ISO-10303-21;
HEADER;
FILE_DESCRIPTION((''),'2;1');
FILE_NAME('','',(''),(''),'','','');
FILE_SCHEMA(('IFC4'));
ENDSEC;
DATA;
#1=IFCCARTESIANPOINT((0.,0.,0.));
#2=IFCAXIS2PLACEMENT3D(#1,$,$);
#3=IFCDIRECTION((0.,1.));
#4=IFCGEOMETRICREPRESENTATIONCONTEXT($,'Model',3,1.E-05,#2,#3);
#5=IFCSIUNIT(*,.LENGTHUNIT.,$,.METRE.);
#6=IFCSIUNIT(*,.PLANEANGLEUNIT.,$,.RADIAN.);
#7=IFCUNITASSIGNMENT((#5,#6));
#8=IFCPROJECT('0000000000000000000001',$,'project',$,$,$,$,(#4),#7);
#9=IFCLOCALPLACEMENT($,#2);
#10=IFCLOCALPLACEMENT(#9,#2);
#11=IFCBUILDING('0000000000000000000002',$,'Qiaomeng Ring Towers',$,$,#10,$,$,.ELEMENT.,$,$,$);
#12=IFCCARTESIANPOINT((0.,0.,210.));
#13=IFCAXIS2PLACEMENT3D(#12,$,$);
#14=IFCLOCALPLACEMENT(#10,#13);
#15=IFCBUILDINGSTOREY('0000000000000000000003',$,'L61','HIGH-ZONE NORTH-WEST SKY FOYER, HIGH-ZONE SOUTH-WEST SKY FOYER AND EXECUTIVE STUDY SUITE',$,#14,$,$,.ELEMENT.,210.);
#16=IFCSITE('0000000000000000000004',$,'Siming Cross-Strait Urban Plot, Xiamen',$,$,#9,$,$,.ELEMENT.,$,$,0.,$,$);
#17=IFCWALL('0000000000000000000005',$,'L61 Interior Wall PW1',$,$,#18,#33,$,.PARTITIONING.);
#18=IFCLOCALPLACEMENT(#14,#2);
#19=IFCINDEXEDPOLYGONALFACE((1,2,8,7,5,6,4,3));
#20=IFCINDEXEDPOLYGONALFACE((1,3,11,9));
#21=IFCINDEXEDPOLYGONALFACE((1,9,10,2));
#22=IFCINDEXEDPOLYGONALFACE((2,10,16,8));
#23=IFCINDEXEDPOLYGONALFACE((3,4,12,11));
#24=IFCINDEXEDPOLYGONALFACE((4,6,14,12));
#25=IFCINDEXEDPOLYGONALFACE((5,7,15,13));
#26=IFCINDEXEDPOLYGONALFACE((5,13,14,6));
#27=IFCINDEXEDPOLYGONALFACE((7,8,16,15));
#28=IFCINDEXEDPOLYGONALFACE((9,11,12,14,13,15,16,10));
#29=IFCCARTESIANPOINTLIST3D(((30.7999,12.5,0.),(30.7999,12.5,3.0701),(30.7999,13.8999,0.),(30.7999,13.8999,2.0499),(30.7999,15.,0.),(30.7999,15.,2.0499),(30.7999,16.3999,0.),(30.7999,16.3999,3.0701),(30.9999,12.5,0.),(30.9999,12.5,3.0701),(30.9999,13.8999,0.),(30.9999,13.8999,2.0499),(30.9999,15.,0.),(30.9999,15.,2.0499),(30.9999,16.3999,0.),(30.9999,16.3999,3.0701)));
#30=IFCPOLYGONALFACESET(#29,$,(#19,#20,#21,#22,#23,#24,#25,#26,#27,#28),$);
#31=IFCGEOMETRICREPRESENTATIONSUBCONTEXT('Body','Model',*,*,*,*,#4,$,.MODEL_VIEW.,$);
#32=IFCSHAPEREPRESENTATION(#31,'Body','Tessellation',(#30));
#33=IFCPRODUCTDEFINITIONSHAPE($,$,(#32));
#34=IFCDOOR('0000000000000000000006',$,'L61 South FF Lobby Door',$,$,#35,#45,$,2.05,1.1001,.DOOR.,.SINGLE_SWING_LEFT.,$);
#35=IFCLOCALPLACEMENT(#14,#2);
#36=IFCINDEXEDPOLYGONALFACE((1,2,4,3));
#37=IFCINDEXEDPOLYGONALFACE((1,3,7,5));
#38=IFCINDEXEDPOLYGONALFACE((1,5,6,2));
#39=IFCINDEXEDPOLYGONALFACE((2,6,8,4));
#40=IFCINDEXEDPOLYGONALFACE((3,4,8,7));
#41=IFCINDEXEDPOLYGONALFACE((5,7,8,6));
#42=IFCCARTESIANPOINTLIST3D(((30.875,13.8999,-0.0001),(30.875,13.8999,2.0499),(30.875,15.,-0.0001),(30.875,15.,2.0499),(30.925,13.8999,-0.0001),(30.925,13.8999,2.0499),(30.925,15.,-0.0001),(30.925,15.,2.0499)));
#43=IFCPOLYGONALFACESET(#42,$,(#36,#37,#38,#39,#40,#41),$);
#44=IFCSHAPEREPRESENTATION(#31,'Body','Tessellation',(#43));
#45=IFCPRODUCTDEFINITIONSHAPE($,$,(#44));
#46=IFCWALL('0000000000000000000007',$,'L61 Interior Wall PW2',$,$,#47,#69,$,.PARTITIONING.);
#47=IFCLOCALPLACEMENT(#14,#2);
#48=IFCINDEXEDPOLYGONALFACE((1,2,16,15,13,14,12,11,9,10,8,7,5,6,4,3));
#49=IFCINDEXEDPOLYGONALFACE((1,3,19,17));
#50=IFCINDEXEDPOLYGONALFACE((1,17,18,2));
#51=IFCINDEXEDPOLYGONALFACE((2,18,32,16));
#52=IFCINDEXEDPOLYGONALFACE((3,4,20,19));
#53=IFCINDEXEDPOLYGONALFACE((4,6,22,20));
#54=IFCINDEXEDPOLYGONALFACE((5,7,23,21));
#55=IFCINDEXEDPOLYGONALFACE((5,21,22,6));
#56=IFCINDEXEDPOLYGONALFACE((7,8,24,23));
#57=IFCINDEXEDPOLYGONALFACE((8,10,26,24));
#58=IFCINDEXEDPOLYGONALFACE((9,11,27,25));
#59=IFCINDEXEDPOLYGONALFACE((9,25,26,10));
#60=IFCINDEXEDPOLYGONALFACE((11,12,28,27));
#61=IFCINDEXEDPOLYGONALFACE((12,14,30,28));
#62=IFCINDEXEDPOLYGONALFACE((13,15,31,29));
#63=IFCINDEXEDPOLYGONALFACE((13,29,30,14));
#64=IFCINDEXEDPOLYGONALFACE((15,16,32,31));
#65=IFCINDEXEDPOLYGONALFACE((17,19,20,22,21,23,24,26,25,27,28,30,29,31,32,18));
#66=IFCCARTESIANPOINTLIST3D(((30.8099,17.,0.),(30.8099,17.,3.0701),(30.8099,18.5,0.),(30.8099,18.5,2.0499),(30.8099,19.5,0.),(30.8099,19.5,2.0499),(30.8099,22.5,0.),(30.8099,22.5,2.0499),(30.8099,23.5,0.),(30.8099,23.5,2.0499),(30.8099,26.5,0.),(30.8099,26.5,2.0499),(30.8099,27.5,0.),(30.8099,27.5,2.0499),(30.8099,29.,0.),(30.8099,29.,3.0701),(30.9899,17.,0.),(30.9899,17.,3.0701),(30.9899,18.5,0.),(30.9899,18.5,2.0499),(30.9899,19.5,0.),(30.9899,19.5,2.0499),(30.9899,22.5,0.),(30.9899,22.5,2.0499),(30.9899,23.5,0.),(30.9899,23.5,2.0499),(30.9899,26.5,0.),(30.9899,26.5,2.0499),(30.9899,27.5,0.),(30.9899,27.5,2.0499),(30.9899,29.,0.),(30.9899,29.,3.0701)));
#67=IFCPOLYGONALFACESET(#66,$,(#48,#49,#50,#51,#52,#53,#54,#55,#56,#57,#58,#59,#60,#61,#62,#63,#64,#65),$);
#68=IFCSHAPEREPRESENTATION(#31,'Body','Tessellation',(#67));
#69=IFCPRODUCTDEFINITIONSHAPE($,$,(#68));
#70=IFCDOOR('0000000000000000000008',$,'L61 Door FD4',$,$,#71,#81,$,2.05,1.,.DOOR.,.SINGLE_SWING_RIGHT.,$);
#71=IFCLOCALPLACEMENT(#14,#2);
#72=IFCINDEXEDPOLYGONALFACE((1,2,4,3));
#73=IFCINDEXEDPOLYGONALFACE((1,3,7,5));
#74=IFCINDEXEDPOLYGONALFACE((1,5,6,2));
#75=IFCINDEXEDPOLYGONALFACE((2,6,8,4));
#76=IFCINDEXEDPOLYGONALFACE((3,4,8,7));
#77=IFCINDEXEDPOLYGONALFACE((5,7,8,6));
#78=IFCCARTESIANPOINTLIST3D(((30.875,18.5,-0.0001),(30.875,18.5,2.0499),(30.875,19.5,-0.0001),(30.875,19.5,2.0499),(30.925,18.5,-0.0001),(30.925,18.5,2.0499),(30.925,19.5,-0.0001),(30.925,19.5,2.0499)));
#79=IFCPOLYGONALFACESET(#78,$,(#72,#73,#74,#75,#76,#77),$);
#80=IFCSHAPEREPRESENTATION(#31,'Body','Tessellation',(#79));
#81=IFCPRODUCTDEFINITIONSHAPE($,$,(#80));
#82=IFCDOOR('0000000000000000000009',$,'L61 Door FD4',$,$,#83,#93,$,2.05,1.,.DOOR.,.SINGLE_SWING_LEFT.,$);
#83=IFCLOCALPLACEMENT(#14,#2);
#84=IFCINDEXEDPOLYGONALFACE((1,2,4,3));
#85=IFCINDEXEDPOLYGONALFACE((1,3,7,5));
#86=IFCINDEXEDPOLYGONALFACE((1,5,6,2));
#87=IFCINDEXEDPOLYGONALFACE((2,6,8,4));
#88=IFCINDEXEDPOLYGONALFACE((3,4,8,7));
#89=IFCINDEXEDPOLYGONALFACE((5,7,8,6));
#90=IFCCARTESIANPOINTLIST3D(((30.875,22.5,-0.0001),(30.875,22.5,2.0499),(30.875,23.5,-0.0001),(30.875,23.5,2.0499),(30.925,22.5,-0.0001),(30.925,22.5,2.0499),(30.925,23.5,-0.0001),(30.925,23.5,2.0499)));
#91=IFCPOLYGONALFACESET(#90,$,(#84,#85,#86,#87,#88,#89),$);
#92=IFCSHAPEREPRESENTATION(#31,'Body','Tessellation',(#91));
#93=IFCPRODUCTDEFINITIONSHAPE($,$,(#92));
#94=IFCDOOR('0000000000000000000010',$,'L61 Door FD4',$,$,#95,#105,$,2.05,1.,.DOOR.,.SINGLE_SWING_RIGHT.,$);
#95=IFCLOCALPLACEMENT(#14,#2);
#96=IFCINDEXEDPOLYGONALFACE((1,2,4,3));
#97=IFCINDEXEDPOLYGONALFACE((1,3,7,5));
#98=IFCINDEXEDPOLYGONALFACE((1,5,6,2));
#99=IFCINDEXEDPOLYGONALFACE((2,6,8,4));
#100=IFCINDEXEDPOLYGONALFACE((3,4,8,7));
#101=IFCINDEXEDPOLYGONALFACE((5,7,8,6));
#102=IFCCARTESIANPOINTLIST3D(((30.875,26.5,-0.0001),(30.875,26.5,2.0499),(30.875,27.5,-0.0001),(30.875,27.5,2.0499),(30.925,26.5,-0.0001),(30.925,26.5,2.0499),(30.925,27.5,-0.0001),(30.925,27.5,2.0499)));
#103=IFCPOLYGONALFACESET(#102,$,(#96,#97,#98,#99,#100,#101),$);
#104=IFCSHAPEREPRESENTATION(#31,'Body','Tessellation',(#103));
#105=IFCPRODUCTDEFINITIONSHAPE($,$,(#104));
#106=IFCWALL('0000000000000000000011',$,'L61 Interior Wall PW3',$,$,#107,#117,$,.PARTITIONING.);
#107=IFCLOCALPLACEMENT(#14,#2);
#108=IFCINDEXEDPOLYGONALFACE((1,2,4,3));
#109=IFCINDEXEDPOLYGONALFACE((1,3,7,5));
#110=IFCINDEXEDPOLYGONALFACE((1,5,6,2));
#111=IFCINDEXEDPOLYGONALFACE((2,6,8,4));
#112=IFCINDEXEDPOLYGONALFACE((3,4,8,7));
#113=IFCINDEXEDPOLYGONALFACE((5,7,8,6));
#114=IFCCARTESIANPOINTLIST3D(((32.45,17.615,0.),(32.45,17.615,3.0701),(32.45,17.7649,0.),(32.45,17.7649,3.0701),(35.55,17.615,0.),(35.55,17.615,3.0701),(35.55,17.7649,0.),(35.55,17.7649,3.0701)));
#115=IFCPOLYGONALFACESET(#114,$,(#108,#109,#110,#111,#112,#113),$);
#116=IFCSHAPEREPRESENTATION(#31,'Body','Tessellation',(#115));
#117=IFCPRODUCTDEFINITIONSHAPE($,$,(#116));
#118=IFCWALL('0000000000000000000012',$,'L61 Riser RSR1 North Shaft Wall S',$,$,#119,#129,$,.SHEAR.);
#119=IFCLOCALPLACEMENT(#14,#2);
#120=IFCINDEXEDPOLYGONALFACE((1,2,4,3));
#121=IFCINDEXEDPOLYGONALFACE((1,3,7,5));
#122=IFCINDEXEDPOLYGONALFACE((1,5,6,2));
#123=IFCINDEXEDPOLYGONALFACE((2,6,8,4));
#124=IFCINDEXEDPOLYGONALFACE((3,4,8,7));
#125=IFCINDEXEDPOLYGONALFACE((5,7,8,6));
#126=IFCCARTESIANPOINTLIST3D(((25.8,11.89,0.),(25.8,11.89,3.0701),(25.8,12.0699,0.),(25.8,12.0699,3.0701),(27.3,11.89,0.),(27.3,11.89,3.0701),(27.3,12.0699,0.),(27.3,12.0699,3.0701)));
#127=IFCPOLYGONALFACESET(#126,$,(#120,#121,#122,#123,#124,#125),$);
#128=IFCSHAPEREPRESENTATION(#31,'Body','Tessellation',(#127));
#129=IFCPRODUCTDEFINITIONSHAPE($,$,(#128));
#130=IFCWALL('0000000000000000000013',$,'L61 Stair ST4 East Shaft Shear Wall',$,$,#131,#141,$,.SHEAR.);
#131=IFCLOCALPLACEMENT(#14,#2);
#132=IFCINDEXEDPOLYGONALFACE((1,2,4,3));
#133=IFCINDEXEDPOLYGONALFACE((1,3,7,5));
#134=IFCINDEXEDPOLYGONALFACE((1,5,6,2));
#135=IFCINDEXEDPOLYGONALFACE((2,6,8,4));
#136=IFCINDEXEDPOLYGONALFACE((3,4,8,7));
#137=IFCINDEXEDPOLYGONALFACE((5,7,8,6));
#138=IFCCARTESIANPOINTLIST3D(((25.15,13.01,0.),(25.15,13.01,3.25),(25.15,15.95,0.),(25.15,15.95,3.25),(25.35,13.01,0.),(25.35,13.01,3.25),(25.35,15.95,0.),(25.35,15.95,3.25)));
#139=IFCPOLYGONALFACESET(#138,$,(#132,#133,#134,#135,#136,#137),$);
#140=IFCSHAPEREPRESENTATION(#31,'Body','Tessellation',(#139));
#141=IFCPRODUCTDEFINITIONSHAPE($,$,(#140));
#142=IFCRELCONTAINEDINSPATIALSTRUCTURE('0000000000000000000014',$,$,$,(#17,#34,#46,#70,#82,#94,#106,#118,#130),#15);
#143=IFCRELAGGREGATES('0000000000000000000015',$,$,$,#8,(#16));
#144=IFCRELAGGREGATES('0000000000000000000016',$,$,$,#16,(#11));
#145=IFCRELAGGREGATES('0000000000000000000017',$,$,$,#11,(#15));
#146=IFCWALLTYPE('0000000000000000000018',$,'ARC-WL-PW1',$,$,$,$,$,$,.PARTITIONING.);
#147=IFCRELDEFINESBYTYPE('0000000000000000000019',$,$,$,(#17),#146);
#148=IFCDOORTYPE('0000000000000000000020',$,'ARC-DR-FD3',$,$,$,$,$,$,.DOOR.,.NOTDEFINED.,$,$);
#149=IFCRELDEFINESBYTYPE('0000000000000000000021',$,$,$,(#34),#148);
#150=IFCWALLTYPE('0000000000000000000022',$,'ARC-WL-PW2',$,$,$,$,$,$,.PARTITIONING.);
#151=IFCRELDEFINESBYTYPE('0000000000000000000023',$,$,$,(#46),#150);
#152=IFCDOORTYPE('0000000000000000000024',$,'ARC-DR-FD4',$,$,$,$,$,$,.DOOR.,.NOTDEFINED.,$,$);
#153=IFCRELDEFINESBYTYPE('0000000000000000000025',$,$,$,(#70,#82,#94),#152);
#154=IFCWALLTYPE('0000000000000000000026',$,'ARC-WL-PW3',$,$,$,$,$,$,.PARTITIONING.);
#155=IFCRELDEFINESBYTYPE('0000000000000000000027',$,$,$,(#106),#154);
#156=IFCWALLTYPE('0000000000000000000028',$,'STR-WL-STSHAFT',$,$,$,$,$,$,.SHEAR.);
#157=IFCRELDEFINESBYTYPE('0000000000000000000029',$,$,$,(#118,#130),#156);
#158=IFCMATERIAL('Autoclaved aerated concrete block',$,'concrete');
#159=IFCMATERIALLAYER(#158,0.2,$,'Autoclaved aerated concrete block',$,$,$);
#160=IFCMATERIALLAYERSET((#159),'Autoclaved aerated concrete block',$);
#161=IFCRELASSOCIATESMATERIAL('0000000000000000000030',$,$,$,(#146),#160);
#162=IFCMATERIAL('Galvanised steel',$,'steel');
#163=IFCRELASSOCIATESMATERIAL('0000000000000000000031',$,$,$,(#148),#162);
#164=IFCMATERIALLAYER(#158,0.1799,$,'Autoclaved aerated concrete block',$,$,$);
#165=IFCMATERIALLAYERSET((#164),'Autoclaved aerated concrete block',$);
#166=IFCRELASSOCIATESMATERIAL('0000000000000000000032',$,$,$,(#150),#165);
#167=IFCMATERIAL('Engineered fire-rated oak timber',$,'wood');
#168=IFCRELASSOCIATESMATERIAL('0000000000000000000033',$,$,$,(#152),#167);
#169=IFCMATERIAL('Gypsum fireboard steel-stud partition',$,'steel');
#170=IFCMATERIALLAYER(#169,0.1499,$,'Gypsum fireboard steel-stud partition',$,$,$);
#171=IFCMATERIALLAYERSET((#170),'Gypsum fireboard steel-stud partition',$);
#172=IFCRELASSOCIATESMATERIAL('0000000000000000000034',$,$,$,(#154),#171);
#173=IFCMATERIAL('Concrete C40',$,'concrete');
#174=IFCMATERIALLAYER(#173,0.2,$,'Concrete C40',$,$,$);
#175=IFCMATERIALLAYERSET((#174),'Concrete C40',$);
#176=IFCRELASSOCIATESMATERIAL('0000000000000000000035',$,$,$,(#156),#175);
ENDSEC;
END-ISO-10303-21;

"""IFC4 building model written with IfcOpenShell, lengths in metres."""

from ifc_helpers import new_model, si_unit, direction, frame, frame_2d, origin, place, context, subcontext, project, spatial, rectangle, extrude, source, transform, mapped, material, layer, layer_set, type_object, element, fill, save


model = new_model("IFC4")

# Units and contexts
model_context = context("Model", 3, precision=1e-05, world=origin(), true_north=direction((0.0, 1.0)))
body_context = subcontext(model_context, "Body", "Model", "MODEL_VIEW")
ifc_project = project(units=[si_unit("LENGTHUNIT", "METRE"), si_unit("PLANEANGLEUNIT", "RADIAN")], contexts=[model_context])

# Site, building, storey
site_placement = place(None, origin())
site = spatial("IfcSite", under=ifc_project, at=site_placement, Name="Siming Cross-Strait Urban Plot, Xiamen", CompositionType="ELEMENT", RefElevation=0.0)
building_placement = place(site_placement, origin())
building = spatial("IfcBuilding", under=site, at=building_placement, Name="Qiaomeng Ring Towers", CompositionType="ELEMENT")
storey_placement = place(building_placement, frame((0.0, 0.0, 210.0)))
storey = spatial("IfcBuildingStorey", under=building, at=storey_placement, Name="L61", Description="HIGH-ZONE NORTH-WEST SKY FOYER, HIGH-ZONE SOUTH-WEST SKY FOYER AND EXECUTIVE STUDY SUITE", CompositionType="ELEMENT", Elevation=210.0)

# Shared definitions
ifc_material_1 = material(Name="Concrete C40", Category="concrete")

# Shared definitions
ifc_material_2 = material(Name="Autoclaved aerated concrete block", Category="concrete")
ifc_layer_1 = layer(ifc_material_2, 0.2, Name="Autoclaved aerated concrete block")
ifc_layer_set_1 = layer_set([ifc_layer_1], Name="Autoclaved aerated concrete block")
wall_type_1 = type_object("IfcWallType", Name="ARC-WL-PW1", PredefinedType="PARTITIONING", material=ifc_layer_set_1)

# Wall, opening, door
wall_1_placement = place(storey_placement, frame((30.8999, 12.5, 0.0), z_axis=(0.0, 0.0, 1.0), x_axis=(0.0, 1.0, 0.0)))
wall_1 = element("IfcWall", 1, at=wall_1_placement, inside=storey, type_object=wall_type_1, Name="L61 Interior Wall PW1", PredefinedType="PARTITIONING", context=body_context, shape_type="SweptSolid", body=[
    extrude(rectangle(XDim=3.8999, YDim=0.2, at=frame_2d((1.95, 0.0))), origin(), (0.0, 0.0, 1.0), 3.0701),
])
opening_1_placement = place(wall_1_placement, frame((1.3999, 0.0, 0.0)))
opening_1 = element("IfcOpeningElement", 2, at=opening_1_placement, cuts=wall_1, PredefinedType="OPENING", context=body_context, shape_type="SweptSolid", body=[
    extrude(rectangle(XDim=1.1001, YDim=2.05, at=frame_2d((0.55, 1.0249))), frame((0.0, 0.1099, 0.0), z_axis=(0.0, -1.0, 0.0), x_axis=(1.0, 0.0, 0.0)), (0.0, 0.0, 1.0), 0.22),
])
ifc_material_3 = material(Name="Galvanised steel", Category="steel")
door_type_1 = type_object("IfcDoorType", Name="ARC-DR-FD3", OperationType="NOTDEFINED", PredefinedType="DOOR", material=ifc_material_3)
shared_shape_1 = source(origin(), body_context, "Body", "SweptSolid", [
    extrude(rectangle(XDim=1.1001, YDim=2.05, at=frame_2d((0.55, 1.0249))), frame((0.0, 0.0249, 0.0), z_axis=(0.0, -1.0, 0.0), x_axis=(1.0, 0.0, 0.0)), (0.0, 0.0, 1.0), 0.05),
])
door_1_placement = place(opening_1_placement, origin())
door_1 = element("IfcDoor", 3, at=door_1_placement, inside=storey, type_object=door_type_1, Name="L61 South FF Lobby Door", OperationType="SINGLE_SWING_LEFT", OverallHeight=2.05, OverallWidth=1.1001, PredefinedType="DOOR", context=body_context, shape_type="MappedRepresentation", body=[
    mapped(shared_shape_1, transform((0.0, 0.0, 0.0), x_axis=(1.0, 0.0, 0.0), y_axis=(0.0, 1.0, 0.0), z_axis=(0.0, 0.0, 1.0), scale=1.0)),
])
fill(opening_1, door_1)

# Wall, openings, doors
ifc_layer_2 = layer(ifc_material_2, 0.1799, Name="Autoclaved aerated concrete block")
ifc_layer_set_2 = layer_set([ifc_layer_2], Name="Autoclaved aerated concrete block")
wall_type_2 = type_object("IfcWallType", Name="ARC-WL-PW2", PredefinedType="PARTITIONING", material=ifc_layer_set_2)
wall_2_placement = place(storey_placement, frame((30.8999, 17.0, 0.0), z_axis=(0.0, 0.0, 1.0), x_axis=(0.0, 1.0, 0.0)))
wall_2 = element("IfcWall", 4, at=wall_2_placement, inside=storey, type_object=wall_type_2, Name="L61 Interior Wall PW2", PredefinedType="PARTITIONING", context=body_context, shape_type="SweptSolid", body=[
    extrude(rectangle(XDim=12.0, YDim=0.1799, at=frame_2d((6.0, 0.0))), origin(), (0.0, 0.0, 1.0), 3.0701),
])
opening_2_placement = place(wall_2_placement, frame((1.5, 0.0, 0.0)))
opening_2 = element("IfcOpeningElement", 5, at=opening_2_placement, cuts=wall_2, PredefinedType="OPENING", context=body_context, shape_type="SweptSolid", body=[
    extrude(rectangle(XDim=1.0, YDim=2.05, at=frame_2d((0.5, 1.0249))), frame((0.0, 0.0999, 0.0), z_axis=(0.0, -1.0, 0.0), x_axis=(1.0, 0.0, 0.0)), (0.0, 0.0, 1.0), 0.2),
])
opening_3_placement = place(wall_2_placement, frame((5.5, 0.0, 0.0)))
opening_3 = element("IfcOpeningElement", 6, at=opening_3_placement, cuts=wall_2, PredefinedType="OPENING", context=body_context, shape_type="SweptSolid", body=[
    extrude(rectangle(XDim=1.0, YDim=2.05, at=frame_2d((0.5, 1.0249))), frame((0.0, 0.0999, 0.0), z_axis=(0.0, -1.0, 0.0), x_axis=(1.0, 0.0, 0.0)), (0.0, 0.0, 1.0), 0.2),
])
opening_4_placement = place(wall_2_placement, frame((9.5, 0.0, 0.0)))
opening_4 = element("IfcOpeningElement", 7, at=opening_4_placement, cuts=wall_2, PredefinedType="OPENING", context=body_context, shape_type="SweptSolid", body=[
    extrude(rectangle(XDim=1.0, YDim=2.05, at=frame_2d((0.5, 1.0249))), frame((0.0, 0.0999, 0.0), z_axis=(0.0, -1.0, 0.0), x_axis=(1.0, 0.0, 0.0)), (0.0, 0.0, 1.0), 0.2),
])
ifc_material_4 = material(Name="Engineered fire-rated oak timber", Category="wood")
door_type_2 = type_object("IfcDoorType", Name="ARC-DR-FD4", OperationType="NOTDEFINED", PredefinedType="DOOR", material=ifc_material_4)
shared_shape_2 = source(origin(), body_context, "Body", "SweptSolid", [
    extrude(rectangle(XDim=1.0, YDim=2.05, at=frame_2d((0.5, 1.0249))), frame((0.0, 0.0249, 0.0), z_axis=(0.0, -1.0, 0.0), x_axis=(1.0, 0.0, 0.0)), (0.0, 0.0, 1.0), 0.05),
])
door_2_placement = place(opening_2_placement, origin())
door_2 = element("IfcDoor", 8, at=door_2_placement, inside=storey, type_object=door_type_2, Name="L61 Door FD4", OperationType="SINGLE_SWING_RIGHT", OverallHeight=2.05, OverallWidth=1.0, PredefinedType="DOOR", context=body_context, shape_type="MappedRepresentation", body=[
    mapped(shared_shape_2, transform((0.0, 0.0, 0.0), x_axis=(1.0, 0.0, 0.0), y_axis=(0.0, 1.0, 0.0), z_axis=(0.0, 0.0, 1.0), scale=1.0)),
])
fill(opening_2, door_2)
door_3_placement = place(opening_3_placement, origin())
door_3 = element("IfcDoor", 9, at=door_3_placement, inside=storey, type_object=door_type_2, Name="L61 Door FD4", OperationType="SINGLE_SWING_LEFT", OverallHeight=2.05, OverallWidth=1.0, PredefinedType="DOOR", context=body_context, shape_type="MappedRepresentation", body=[
    mapped(shared_shape_2, transform((0.0, 0.0, 0.0), x_axis=(1.0, 0.0, 0.0), y_axis=(0.0, 1.0, 0.0), z_axis=(0.0, 0.0, 1.0), scale=1.0)),
])
fill(opening_3, door_3)
door_4_placement = place(opening_4_placement, origin())
door_4 = element("IfcDoor", 10, at=door_4_placement, inside=storey, type_object=door_type_2, Name="L61 Door FD4", OperationType="SINGLE_SWING_RIGHT", OverallHeight=2.05, OverallWidth=1.0, PredefinedType="DOOR", context=body_context, shape_type="MappedRepresentation", body=[
    mapped(shared_shape_2, transform((0.0, 0.0, 0.0), x_axis=(1.0, 0.0, 0.0), y_axis=(0.0, 1.0, 0.0), z_axis=(0.0, 0.0, 1.0), scale=1.0)),
])
fill(opening_4, door_4)

# Walls
ifc_material_5 = material(Name="Gypsum fireboard steel-stud partition", Category="steel")
ifc_layer_3 = layer(ifc_material_5, 0.1499, Name="Gypsum fireboard steel-stud partition")
ifc_layer_set_3 = layer_set([ifc_layer_3], Name="Gypsum fireboard steel-stud partition")
wall_type_3 = type_object("IfcWallType", Name="ARC-WL-PW3", PredefinedType="PARTITIONING", material=ifc_layer_set_3)
wall_3_placement = place(storey_placement, frame((32.45, 17.6899, 0.0), z_axis=(0.0, 0.0, 1.0), x_axis=(1.0, 0.0, 0.0)))
element("IfcWall", 11, at=wall_3_placement, inside=storey, type_object=wall_type_3, Name="L61 Interior Wall PW3", PredefinedType="PARTITIONING", context=body_context, shape_type="SweptSolid", body=[
    extrude(rectangle(XDim=3.1001, YDim=0.1499, at=frame_2d((1.55, 0.0))), origin(), (0.0, 0.0, 1.0), 3.0701),
])
ifc_layer_4 = layer(ifc_material_1, 0.2, Name="Concrete C40")
ifc_layer_set_4 = layer_set([ifc_layer_4], Name="Concrete C40")
wall_type_4 = type_object("IfcWallType", Name="STR-WL-STSHAFT", PredefinedType="SHEAR", material=ifc_layer_set_4)
wall_4_placement = place(storey_placement, frame((25.8, 11.98, 0.0), z_axis=(0.0, 0.0, 1.0), x_axis=(1.0, 0.0, 0.0)))
element("IfcWall", 12, at=wall_4_placement, inside=storey, type_object=wall_type_4, Name="L61 Riser RSR1 North Shaft Wall S", PredefinedType="SHEAR", context=body_context, shape_type="SweptSolid", body=[
    extrude(rectangle(XDim=1.5, YDim=0.1799, at=frame_2d((0.75, 0.0))), origin(), (0.0, 0.0, 1.0), 3.0701),
])
wall_5_placement = place(storey_placement, frame((25.25, 13.01, 0.0), z_axis=(0.0, 0.0, 1.0), x_axis=(0.0, 1.0, 0.0)))
element("IfcWall", 13, at=wall_5_placement, inside=storey, type_object=wall_type_4, Name="L61 Stair ST4 East Shaft Shear Wall", PredefinedType="SHEAR", context=body_context, shape_type="SweptSolid", body=[
    extrude(rectangle(XDim=2.9399, YDim=0.2, at=frame_2d((1.47, 0.0))), origin(), (0.0, 0.0, 1.0), 3.25),
])

save(model, "model.ifc")
